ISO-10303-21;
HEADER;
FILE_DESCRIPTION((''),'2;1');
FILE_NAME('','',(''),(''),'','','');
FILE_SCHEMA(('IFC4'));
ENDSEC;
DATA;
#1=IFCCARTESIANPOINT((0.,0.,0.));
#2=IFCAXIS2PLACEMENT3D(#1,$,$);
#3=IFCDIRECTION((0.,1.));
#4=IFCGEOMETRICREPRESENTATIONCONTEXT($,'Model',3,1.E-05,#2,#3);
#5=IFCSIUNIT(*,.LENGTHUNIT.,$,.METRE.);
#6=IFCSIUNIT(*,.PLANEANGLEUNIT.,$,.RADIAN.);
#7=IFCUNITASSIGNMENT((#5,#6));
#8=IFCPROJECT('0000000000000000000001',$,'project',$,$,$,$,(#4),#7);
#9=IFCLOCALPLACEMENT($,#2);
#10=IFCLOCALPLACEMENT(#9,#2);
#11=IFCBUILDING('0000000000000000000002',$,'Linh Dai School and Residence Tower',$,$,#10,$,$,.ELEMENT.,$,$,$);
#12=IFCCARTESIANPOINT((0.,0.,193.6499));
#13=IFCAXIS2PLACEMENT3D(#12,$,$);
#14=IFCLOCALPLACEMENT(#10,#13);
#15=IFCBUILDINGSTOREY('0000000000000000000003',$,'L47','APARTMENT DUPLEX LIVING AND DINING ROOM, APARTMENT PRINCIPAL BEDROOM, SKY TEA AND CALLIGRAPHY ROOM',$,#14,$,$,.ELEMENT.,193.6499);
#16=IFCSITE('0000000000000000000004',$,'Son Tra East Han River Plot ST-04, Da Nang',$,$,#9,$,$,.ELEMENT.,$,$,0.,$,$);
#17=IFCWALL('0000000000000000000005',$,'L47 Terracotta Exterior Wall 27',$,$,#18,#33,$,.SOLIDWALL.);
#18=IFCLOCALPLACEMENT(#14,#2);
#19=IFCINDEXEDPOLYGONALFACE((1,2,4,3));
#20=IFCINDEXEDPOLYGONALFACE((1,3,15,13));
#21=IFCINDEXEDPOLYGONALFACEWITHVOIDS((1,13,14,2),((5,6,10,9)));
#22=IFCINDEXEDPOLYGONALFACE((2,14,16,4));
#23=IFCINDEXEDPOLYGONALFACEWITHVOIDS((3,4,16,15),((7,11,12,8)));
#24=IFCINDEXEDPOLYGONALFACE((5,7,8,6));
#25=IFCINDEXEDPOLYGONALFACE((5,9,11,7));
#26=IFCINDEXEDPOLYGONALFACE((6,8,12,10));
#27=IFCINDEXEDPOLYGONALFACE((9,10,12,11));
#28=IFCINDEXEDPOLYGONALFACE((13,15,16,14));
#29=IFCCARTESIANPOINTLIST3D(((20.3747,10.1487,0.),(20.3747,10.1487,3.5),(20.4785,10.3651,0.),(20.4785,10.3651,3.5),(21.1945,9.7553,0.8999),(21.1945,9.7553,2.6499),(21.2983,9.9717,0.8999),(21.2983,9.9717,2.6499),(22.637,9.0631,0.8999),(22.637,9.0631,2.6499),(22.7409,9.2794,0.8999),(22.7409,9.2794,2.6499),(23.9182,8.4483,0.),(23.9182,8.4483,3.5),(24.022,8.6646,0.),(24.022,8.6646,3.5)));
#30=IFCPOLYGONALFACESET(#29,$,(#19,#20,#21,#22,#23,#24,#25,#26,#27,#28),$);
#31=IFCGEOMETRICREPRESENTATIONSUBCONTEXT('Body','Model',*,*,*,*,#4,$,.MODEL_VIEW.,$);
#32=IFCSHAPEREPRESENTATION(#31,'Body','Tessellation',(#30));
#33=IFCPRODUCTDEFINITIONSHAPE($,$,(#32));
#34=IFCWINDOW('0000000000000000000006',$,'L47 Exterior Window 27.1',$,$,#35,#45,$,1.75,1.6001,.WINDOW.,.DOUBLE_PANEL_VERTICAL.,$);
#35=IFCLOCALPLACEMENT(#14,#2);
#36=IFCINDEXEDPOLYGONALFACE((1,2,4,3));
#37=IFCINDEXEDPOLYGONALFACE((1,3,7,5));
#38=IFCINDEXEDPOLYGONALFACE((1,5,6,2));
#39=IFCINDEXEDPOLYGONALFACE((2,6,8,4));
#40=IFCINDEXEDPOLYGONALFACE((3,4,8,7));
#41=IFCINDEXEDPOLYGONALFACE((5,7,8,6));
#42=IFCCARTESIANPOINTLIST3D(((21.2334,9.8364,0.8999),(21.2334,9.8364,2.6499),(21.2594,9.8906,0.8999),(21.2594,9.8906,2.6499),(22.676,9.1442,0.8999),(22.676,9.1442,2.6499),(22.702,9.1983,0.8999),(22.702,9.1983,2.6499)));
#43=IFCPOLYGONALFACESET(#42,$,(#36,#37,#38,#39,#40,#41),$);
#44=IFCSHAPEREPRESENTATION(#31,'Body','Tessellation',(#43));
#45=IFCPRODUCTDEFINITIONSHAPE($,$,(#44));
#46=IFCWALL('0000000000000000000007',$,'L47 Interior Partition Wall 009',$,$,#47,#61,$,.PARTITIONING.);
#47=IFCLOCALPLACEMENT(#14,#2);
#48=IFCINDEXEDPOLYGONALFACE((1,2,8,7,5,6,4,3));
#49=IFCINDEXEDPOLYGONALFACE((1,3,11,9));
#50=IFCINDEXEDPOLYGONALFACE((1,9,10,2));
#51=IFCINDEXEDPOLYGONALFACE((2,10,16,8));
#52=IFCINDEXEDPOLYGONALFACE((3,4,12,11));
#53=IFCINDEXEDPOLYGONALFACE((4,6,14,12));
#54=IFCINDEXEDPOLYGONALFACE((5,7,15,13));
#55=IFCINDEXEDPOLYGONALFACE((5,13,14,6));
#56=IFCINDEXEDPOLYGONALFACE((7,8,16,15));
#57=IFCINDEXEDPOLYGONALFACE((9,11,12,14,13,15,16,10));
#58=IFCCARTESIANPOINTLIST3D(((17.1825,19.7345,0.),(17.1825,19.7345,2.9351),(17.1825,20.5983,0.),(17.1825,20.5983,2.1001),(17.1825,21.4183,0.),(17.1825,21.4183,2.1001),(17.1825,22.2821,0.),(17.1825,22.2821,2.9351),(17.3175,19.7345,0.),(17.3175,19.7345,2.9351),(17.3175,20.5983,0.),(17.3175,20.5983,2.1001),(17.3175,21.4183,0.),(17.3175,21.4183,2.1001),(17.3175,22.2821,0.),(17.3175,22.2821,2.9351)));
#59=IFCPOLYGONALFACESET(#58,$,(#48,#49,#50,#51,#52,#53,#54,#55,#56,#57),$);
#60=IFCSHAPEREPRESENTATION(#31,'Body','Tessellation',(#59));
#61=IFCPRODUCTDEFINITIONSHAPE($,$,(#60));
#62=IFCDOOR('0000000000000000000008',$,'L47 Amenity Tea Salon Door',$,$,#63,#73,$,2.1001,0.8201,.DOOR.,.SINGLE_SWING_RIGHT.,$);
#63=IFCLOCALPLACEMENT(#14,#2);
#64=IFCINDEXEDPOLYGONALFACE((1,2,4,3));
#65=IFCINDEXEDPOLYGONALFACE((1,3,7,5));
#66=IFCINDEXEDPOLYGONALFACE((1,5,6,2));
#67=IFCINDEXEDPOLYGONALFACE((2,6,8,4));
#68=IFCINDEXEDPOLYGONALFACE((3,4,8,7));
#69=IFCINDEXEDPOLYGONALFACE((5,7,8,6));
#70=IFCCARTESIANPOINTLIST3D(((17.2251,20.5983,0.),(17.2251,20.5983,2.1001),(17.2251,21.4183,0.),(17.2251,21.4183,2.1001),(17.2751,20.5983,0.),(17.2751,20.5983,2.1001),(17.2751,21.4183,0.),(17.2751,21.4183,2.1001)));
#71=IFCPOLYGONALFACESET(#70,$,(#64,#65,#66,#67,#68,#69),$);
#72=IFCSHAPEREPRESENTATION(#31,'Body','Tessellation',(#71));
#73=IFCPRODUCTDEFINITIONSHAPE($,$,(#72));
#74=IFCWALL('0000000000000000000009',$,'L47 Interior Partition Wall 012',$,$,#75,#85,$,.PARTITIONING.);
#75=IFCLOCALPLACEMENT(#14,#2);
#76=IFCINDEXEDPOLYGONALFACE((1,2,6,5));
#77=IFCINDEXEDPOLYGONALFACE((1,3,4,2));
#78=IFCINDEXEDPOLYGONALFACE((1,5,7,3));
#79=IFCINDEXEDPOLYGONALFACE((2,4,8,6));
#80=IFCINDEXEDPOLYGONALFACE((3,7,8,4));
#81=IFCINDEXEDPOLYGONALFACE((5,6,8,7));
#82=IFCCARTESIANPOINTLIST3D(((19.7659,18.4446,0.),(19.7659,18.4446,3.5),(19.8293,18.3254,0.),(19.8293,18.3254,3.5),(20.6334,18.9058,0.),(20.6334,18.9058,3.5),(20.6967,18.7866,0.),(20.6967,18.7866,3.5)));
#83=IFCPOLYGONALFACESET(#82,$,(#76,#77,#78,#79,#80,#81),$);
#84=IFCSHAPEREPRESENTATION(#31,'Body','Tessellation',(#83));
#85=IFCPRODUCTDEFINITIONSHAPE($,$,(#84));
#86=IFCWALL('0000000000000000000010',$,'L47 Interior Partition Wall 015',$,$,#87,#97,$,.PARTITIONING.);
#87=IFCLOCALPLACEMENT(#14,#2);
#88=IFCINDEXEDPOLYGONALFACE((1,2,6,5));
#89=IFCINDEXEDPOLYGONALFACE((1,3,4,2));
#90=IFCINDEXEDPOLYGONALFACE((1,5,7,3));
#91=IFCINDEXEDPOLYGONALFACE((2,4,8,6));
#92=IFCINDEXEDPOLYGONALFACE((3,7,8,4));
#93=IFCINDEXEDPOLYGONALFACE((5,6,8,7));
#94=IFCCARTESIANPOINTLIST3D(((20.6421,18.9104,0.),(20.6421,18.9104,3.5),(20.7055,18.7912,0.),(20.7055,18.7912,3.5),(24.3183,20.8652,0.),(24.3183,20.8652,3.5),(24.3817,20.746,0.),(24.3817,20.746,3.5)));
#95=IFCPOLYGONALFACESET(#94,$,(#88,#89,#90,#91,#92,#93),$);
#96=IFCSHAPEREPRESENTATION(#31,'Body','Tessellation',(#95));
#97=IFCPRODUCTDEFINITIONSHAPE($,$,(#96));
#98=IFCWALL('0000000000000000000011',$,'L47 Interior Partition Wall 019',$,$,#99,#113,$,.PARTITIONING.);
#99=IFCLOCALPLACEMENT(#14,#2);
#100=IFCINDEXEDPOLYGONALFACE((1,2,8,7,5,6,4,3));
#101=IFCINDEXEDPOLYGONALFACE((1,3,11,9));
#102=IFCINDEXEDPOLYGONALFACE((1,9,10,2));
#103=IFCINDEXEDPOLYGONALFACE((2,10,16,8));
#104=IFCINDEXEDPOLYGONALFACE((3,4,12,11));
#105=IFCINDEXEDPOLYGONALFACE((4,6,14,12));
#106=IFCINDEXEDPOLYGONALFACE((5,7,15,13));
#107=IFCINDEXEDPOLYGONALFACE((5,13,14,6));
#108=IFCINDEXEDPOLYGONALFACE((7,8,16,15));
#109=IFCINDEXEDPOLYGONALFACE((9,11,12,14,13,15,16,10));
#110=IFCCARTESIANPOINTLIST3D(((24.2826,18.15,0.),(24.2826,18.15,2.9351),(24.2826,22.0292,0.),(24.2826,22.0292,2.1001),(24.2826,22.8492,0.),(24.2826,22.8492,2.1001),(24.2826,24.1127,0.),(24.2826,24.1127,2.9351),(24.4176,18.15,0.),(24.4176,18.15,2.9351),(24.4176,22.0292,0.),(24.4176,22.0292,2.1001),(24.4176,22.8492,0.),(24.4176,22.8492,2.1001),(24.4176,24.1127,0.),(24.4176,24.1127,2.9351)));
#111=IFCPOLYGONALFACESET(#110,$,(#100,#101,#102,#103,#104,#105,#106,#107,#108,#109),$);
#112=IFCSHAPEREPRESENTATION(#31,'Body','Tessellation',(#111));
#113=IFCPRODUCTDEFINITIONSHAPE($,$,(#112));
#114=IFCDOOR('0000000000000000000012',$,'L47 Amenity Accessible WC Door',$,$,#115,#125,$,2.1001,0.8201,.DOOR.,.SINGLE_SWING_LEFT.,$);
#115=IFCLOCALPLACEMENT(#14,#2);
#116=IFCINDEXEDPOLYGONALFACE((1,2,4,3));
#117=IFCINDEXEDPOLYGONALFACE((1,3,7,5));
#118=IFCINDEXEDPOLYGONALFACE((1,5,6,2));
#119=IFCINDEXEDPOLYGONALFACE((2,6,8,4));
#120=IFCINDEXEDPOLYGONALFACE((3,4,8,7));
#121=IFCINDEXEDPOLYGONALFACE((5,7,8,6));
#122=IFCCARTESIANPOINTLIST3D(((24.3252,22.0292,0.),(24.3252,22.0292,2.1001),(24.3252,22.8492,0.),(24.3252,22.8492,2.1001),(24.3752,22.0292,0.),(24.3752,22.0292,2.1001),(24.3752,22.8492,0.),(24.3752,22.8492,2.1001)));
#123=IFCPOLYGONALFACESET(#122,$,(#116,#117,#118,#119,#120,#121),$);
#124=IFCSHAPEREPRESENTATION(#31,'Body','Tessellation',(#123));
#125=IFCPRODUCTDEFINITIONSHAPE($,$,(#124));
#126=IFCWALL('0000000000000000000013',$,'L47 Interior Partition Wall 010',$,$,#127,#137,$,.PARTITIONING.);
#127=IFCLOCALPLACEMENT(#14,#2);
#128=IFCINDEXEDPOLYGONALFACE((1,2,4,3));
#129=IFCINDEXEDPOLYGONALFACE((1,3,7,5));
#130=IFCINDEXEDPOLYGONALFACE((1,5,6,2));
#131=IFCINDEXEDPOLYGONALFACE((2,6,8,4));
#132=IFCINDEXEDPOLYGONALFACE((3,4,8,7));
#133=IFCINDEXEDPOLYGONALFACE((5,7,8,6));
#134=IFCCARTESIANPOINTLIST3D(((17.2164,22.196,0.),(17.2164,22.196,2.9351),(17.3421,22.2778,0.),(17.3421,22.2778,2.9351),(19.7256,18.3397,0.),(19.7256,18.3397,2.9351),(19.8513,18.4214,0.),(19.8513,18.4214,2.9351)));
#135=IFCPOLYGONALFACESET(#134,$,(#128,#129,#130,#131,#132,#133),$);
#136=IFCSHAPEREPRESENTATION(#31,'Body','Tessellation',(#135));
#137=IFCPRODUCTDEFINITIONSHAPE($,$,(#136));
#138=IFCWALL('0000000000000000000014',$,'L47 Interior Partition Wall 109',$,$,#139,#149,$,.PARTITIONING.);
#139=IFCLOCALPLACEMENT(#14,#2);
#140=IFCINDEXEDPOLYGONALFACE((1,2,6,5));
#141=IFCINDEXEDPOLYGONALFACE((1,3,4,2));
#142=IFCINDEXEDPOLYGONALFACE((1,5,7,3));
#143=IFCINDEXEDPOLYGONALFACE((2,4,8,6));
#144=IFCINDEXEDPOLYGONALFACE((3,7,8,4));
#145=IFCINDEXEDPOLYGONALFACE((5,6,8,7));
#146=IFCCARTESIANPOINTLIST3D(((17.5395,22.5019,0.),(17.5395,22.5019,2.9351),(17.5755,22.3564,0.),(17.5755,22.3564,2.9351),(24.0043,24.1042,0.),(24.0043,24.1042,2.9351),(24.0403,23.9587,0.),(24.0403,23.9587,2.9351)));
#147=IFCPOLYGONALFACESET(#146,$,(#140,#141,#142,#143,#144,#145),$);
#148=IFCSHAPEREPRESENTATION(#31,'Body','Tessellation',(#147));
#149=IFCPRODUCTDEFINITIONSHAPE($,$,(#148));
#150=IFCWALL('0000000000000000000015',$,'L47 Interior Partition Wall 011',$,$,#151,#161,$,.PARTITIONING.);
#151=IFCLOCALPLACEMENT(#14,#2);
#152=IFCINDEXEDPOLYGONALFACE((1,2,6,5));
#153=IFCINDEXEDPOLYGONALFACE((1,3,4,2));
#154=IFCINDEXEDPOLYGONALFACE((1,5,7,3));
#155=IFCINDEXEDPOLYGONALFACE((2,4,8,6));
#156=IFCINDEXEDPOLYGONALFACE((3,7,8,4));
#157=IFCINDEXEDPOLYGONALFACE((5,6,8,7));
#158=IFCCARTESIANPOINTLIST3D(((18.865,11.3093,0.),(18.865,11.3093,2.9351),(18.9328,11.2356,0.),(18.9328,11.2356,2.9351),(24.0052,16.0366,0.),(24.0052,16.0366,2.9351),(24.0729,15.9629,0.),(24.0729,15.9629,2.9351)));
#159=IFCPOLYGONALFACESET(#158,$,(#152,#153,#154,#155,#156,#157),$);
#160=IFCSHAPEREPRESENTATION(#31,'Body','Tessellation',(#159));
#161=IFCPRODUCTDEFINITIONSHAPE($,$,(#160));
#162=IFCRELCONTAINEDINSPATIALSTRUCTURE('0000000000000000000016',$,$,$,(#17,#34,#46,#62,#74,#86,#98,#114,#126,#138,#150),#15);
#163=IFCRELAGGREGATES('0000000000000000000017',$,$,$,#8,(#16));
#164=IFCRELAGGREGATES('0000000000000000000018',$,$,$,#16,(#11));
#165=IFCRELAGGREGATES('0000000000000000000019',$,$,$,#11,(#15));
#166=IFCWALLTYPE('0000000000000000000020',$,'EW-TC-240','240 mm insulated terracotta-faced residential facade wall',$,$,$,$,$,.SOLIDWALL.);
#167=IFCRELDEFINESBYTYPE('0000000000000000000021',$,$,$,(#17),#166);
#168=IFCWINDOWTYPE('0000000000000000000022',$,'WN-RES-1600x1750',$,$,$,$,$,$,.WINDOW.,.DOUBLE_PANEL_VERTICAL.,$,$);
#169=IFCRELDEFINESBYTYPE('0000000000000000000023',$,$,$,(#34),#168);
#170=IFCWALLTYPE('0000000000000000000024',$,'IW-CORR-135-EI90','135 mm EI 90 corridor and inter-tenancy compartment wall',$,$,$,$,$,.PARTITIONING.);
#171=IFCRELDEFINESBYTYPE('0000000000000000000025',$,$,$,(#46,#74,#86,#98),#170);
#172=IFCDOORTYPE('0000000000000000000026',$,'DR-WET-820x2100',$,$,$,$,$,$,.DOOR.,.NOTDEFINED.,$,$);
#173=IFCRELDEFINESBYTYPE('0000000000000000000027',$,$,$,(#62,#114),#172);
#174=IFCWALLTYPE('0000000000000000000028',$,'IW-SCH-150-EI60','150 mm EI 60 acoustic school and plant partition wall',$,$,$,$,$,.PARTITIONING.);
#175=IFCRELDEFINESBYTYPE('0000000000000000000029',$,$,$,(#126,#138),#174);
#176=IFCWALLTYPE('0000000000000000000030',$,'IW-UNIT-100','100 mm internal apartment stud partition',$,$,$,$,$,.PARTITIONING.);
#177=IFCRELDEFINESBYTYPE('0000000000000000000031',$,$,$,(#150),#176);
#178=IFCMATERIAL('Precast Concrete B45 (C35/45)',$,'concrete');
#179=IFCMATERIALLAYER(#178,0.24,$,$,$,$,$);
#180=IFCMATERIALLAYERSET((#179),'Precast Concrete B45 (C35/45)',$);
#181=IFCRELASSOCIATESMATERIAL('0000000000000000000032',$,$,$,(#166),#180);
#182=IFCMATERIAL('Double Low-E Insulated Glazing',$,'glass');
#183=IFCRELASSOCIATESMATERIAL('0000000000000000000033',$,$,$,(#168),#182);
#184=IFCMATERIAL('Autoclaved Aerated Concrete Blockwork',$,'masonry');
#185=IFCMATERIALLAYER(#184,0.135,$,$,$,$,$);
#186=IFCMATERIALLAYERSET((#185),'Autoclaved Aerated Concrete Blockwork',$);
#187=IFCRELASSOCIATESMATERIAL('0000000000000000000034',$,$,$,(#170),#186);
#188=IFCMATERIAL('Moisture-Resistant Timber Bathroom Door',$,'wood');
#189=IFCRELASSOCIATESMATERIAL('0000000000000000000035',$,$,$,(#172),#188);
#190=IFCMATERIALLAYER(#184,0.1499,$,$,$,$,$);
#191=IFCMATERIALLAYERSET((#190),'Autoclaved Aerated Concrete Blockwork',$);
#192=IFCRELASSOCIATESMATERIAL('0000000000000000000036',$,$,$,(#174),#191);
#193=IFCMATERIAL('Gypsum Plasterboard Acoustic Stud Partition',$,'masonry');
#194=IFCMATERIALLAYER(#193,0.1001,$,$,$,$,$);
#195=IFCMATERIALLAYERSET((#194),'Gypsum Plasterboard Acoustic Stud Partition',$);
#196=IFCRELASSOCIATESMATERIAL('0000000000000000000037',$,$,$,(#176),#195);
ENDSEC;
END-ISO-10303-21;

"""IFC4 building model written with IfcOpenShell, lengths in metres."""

from ifc_helpers import new_model, si_unit, direction, frame, frame_2d, origin, origin_2d, place, context, subcontext, project, spatial, rectangle, extrude, source, transform, mapped, material, layer, layer_set, type_object, element, fill, save


model = new_model("IFC4")

# Units and contexts
model_context = context("Model", 3, precision=1e-05, world=origin(), true_north=direction((0.0, 1.0)))
body_context = subcontext(model_context, "Body", "Model", "MODEL_VIEW")
ifc_project = project(units=[si_unit("LENGTHUNIT", "METRE"), si_unit("PLANEANGLEUNIT", "RADIAN")], contexts=[model_context])

# Site, building, storey
site_placement = place(None, origin())
site = spatial("IfcSite", under=ifc_project, at=site_placement, Name="Son Tra East Han River Plot ST-04, Da Nang", CompositionType="ELEMENT", RefElevation=0.0)
building_placement = place(site_placement, origin())
building = spatial("IfcBuilding", under=site, at=building_placement, Name="Linh Dai School and Residence Tower", CompositionType="ELEMENT")
storey_placement = place(building_placement, frame((0.0, 0.0, 193.6499)))
storey = spatial("IfcBuildingStorey", under=building, at=storey_placement, Name="L47", Description="APARTMENT DUPLEX LIVING AND DINING ROOM, APARTMENT PRINCIPAL BEDROOM, SKY TEA AND CALLIGRAPHY ROOM", CompositionType="ELEMENT", Elevation=193.6499)

# Shared definitions
ifc_material_1 = material(Name="Precast Concrete B45 (C35/45)", Category="concrete")

# Shared definitions
ifc_layer_1 = layer(ifc_material_1, 0.24)
ifc_layer_set_1 = layer_set([ifc_layer_1], Name="Precast Concrete B45 (C35/45)")
wall_type_1 = type_object("IfcWallType", Name="EW-TC-240", Description="240 mm insulated terracotta-faced residential facade wall", PredefinedType="SOLIDWALL", material=ifc_layer_set_1)
ifc_material_2 = material(Name="Double Low-E Insulated Glazing", Category="glass")

# Wall, opening, window
wall_1_placement = place(storey_placement, frame((23.9702, 8.5564, 0.0), z_axis=(0.0, 0.0, 1.0), x_axis=(-0.901565, 0.432644, 0.0)))
wall_1 = element("IfcWall", 1, at=wall_1_placement, inside=storey, type_object=wall_type_1, Name="L47 Terracotta Exterior Wall 27", PredefinedType="SOLIDWALL", context=body_context, shape_type="SweptSolid", body=[
    extrude(rectangle(XDim=3.9304, YDim=0.24, at=frame_2d((1.9653, 0.0))), origin(), (0.0, 0.0, 1.0), 3.5),
])
opening_1_placement = place(wall_1_placement, frame((1.4211, 0.0, 0.8999)))
opening_1 = element("IfcOpeningElement", 2, at=opening_1_placement, cuts=wall_1, PredefinedType="OPENING", context=body_context, shape_type="SweptSolid", body=[
    extrude(rectangle(XDim=1.6001, YDim=1.75, at=origin_2d()), frame((0.8, 0.1299, 0.875), z_axis=(0.0, -1.0, 0.0), x_axis=(1.0, 0.0, 0.0)), (0.0, 0.0, 1.0), 0.26),
])
window_type_1 = type_object("IfcWindowType", Name="WN-RES-1600x1750", PartitioningType="DOUBLE_PANEL_VERTICAL", PredefinedType="WINDOW", material=ifc_material_2)
shared_shape_1 = source(origin(), body_context, "Body", "SweptSolid", [
    extrude(rectangle(XDim=1.6001, YDim=1.75, at=origin_2d()), frame((0.8, 0.03, 0.875), z_axis=(0.0, -1.0, 0.0), x_axis=(1.0, 0.0, 0.0)), (0.0, 0.0, 1.0), 0.0601),
])
window_1_placement = place(opening_1_placement, origin())
window_1 = element("IfcWindow", 3, at=window_1_placement, inside=storey, type_object=window_type_1, Name="L47 Exterior Window 27.1", OverallHeight=1.75, OverallWidth=1.6001, PartitioningType="DOUBLE_PANEL_VERTICAL", PredefinedType="WINDOW", context=body_context, shape_type="MappedRepresentation", body=[
    mapped(shared_shape_1, transform((0.0, 0.0, 0.0), x_axis=(1.0, 0.0, 0.0), y_axis=(0.0, 1.0, 0.0), z_axis=(0.0, 0.0, 1.0), scale=1.0)),
])
fill(opening_1, window_1)

# Wall, opening, door
ifc_material_3 = material(Name="Autoclaved Aerated Concrete Blockwork", Category="masonry")
ifc_layer_2 = layer(ifc_material_3, 0.135)
ifc_layer_set_2 = layer_set([ifc_layer_2], Name="Autoclaved Aerated Concrete Blockwork")
wall_type_2 = type_object("IfcWallType", Name="IW-CORR-135-EI90", Description="135 mm EI 90 corridor and inter-tenancy compartment wall", PredefinedType="PARTITIONING", material=ifc_layer_set_2)
wall_2_placement = place(storey_placement, frame((17.25, 19.7344, 0.0), z_axis=(0.0, 0.0, 1.0), x_axis=(0.0, 1.0, 0.0)))
wall_2 = element("IfcWall", 4, at=wall_2_placement, inside=storey, type_object=wall_type_2, Name="L47 Interior Partition Wall 009", PredefinedType="PARTITIONING", context=body_context, shape_type="SweptSolid", body=[
    extrude(rectangle(XDim=2.5476, YDim=0.135, at=frame_2d((1.2739, 0.0))), origin(), (0.0, 0.0, 1.0), 2.9351),
])
opening_2_placement = place(wall_2_placement, frame((0.8638, 0.0, 0.0)))
opening_2 = element("IfcOpeningElement", 5, at=opening_2_placement, cuts=wall_2, PredefinedType="OPENING", context=body_context, shape_type="SweptSolid", body=[
    extrude(rectangle(XDim=0.8201, YDim=2.1001, at=origin_2d()), frame((0.4102, 0.0776, 1.05), z_axis=(0.0, -1.0, 0.0), x_axis=(1.0, 0.0, 0.0)), (0.0, 0.0, 1.0), 0.155),
])
ifc_material_4 = material(Name="Moisture-Resistant Timber Bathroom Door", Category="wood")
door_type_1 = type_object("IfcDoorType", Name="DR-WET-820x2100", OperationType="NOTDEFINED", PredefinedType="DOOR", material=ifc_material_4)
shared_shape_2 = source(origin(), body_context, "Body", "SweptSolid", [
    extrude(rectangle(XDim=0.8201, YDim=2.1001, at=origin_2d()), frame((0.4102, 0.0249, 1.05), z_axis=(0.0, -1.0, 0.0), x_axis=(1.0, 0.0, 0.0)), (0.0, 0.0, 1.0), 0.05),
])
door_1_placement = place(opening_2_placement, origin())
door_1 = element("IfcDoor", 6, at=door_1_placement, inside=storey, type_object=door_type_1, Name="L47 Amenity Tea Salon Door", OperationType="SINGLE_SWING_RIGHT", OverallHeight=2.1001, OverallWidth=0.8201, PredefinedType="DOOR", context=body_context, shape_type="MappedRepresentation", body=[
    mapped(shared_shape_2, transform((0.0, 0.0, 0.0), x_axis=(1.0, 0.0, 0.0), y_axis=(0.0, 1.0, 0.0), z_axis=(0.0, 0.0, 1.0), scale=1.0)),
])
fill(opening_2, door_1)

# Walls
wall_3_placement = place(storey_placement, frame((19.7976, 18.385, 0.0), z_axis=(0.0, 0.0, 1.0), x_axis=(0.882964, 0.46944, 0.0)))
element("IfcWall", 7, at=wall_3_placement, inside=storey, type_object=wall_type_2, Name="L47 Interior Partition Wall 012", PredefinedType="PARTITIONING", context=body_context, shape_type="SweptSolid", body=[
    extrude(rectangle(XDim=0.9824, YDim=0.135, at=frame_2d((0.4912, 0.0))), origin(), (0.0, 0.0, 1.0), 3.5),
])
wall_4_placement = place(storey_placement, frame((20.6738, 18.8508, 0.0), z_axis=(0.0, 0.0, 1.0), x_axis=(0.882935, 0.469495, 0.0)))
element("IfcWall", 8, at=wall_4_placement, inside=storey, type_object=wall_type_2, Name="L47 Interior Partition Wall 015", PredefinedType="PARTITIONING", context=body_context, shape_type="SweptSolid", body=[
    extrude(rectangle(XDim=4.1636, YDim=0.135, at=frame_2d((2.0818, 0.0))), origin(), (0.0, 0.0, 1.0), 3.5),
])

# Wall, opening, door
wall_5_placement = place(storey_placement, frame((24.3501, 18.1499, 0.0), z_axis=(0.0, 0.0, 1.0), x_axis=(0.0, 1.0, 0.0)))
wall_5 = element("IfcWall", 9, at=wall_5_placement, inside=storey, type_object=wall_type_2, Name="L47 Interior Partition Wall 019", PredefinedType="PARTITIONING", context=body_context, shape_type="SweptSolid", body=[
    extrude(rectangle(XDim=5.9626, YDim=0.135, at=frame_2d((2.9814, 0.0))), origin(), (0.0, 0.0, 1.0), 2.9351),
])
opening_3_placement = place(wall_5_placement, frame((3.8792, 0.0, 0.0)))
opening_3 = element("IfcOpeningElement", 10, at=opening_3_placement, cuts=wall_5, PredefinedType="OPENING", context=body_context, shape_type="SweptSolid", body=[
    extrude(rectangle(XDim=0.8201, YDim=2.1001, at=origin_2d()), frame((0.4102, 0.0776, 1.05), z_axis=(0.0, -1.0, 0.0), x_axis=(1.0, 0.0, 0.0)), (0.0, 0.0, 1.0), 0.155),
])
door_2_placement = place(opening_3_placement, origin())
door_2 = element("IfcDoor", 11, at=door_2_placement, inside=storey, type_object=door_type_1, Name="L47 Amenity Accessible WC Door", OperationType="SINGLE_SWING_LEFT", OverallHeight=2.1001, OverallWidth=0.8201, PredefinedType="DOOR", context=body_context, shape_type="MappedRepresentation", body=[
    mapped(shared_shape_2, transform((0.0, 0.0, 0.0), x_axis=(1.0, 0.0, 0.0), y_axis=(0.0, 1.0, 0.0), z_axis=(0.0, 0.0, 1.0), scale=1.0)),
])
fill(opening_3, door_2)

# Walls
ifc_layer_3 = layer(ifc_material_3, 0.1499)
ifc_layer_set_3 = layer_set([ifc_layer_3], Name="Autoclaved Aerated Concrete Blockwork")
wall_type_3 = type_object("IfcWallType", Name="IW-SCH-150-EI60", Description="150 mm EI 60 acoustic school and plant partition wall", PredefinedType="PARTITIONING", material=ifc_layer_set_3)
wall_6_placement = place(storey_placement, frame((17.2793, 22.2368, 0.0), z_axis=(0.0, 0.0, 1.0), x_axis=(0.545384, -0.838187, 0.0)))
element("IfcWall", 12, at=wall_6_placement, inside=storey, type_object=wall_type_3, Name="L47 Interior Partition Wall 010", PredefinedType="PARTITIONING", context=body_context, shape_type="SweptSolid", body=[
    extrude(rectangle(XDim=4.6008, YDim=0.1499, at=frame_2d((2.3003, 0.0))), origin(), (0.0, 0.0, 1.0), 2.9351),
])
wall_7_placement = place(storey_placement, frame((17.5576, 22.4292, 0.0), z_axis=(0.0, 0.0, 1.0), x_axis=(0.970632, 0.240569, 0.0)))
element("IfcWall", 13, at=wall_7_placement, inside=storey, type_object=wall_type_3, Name="L47 Interior Partition Wall 109", PredefinedType="PARTITIONING", context=body_context, shape_type="SweptSolid", body=[
    extrude(rectangle(XDim=6.6604, YDim=0.1499, at=frame_2d((3.3301, 0.0))), origin(), (0.0, 0.0, 1.0), 2.9351),
])
ifc_material_5 = material(Name="Gypsum Plasterboard Acoustic Stud Partition", Category="masonry")
ifc_layer_4 = layer(ifc_material_5, 0.1001)
ifc_layer_set_4 = layer_set([ifc_layer_4], Name="Gypsum Plasterboard Acoustic Stud Partition")
wall_type_4 = type_object("IfcWallType", Name="IW-UNIT-100", Description="100 mm internal apartment stud partition", PredefinedType="PARTITIONING", material=ifc_layer_set_4)
wall_8_placement = place(storey_placement, frame((18.8989, 11.2725, 0.0), z_axis=(0.0, 0.0, 1.0), x_axis=(0.736047, 0.67693, 0.0)))
element("IfcWall", 14, at=wall_8_placement, inside=storey, type_object=wall_type_4, Name="L47 Interior Partition Wall 011", PredefinedType="PARTITIONING", context=body_context, shape_type="SweptSolid", body=[
    extrude(rectangle(XDim=6.9834, YDim=0.1001, at=frame_2d((3.4917, 0.0))), origin(), (0.0, 0.0, 1.0), 2.9351),
])

save(model, "model.ifc")
